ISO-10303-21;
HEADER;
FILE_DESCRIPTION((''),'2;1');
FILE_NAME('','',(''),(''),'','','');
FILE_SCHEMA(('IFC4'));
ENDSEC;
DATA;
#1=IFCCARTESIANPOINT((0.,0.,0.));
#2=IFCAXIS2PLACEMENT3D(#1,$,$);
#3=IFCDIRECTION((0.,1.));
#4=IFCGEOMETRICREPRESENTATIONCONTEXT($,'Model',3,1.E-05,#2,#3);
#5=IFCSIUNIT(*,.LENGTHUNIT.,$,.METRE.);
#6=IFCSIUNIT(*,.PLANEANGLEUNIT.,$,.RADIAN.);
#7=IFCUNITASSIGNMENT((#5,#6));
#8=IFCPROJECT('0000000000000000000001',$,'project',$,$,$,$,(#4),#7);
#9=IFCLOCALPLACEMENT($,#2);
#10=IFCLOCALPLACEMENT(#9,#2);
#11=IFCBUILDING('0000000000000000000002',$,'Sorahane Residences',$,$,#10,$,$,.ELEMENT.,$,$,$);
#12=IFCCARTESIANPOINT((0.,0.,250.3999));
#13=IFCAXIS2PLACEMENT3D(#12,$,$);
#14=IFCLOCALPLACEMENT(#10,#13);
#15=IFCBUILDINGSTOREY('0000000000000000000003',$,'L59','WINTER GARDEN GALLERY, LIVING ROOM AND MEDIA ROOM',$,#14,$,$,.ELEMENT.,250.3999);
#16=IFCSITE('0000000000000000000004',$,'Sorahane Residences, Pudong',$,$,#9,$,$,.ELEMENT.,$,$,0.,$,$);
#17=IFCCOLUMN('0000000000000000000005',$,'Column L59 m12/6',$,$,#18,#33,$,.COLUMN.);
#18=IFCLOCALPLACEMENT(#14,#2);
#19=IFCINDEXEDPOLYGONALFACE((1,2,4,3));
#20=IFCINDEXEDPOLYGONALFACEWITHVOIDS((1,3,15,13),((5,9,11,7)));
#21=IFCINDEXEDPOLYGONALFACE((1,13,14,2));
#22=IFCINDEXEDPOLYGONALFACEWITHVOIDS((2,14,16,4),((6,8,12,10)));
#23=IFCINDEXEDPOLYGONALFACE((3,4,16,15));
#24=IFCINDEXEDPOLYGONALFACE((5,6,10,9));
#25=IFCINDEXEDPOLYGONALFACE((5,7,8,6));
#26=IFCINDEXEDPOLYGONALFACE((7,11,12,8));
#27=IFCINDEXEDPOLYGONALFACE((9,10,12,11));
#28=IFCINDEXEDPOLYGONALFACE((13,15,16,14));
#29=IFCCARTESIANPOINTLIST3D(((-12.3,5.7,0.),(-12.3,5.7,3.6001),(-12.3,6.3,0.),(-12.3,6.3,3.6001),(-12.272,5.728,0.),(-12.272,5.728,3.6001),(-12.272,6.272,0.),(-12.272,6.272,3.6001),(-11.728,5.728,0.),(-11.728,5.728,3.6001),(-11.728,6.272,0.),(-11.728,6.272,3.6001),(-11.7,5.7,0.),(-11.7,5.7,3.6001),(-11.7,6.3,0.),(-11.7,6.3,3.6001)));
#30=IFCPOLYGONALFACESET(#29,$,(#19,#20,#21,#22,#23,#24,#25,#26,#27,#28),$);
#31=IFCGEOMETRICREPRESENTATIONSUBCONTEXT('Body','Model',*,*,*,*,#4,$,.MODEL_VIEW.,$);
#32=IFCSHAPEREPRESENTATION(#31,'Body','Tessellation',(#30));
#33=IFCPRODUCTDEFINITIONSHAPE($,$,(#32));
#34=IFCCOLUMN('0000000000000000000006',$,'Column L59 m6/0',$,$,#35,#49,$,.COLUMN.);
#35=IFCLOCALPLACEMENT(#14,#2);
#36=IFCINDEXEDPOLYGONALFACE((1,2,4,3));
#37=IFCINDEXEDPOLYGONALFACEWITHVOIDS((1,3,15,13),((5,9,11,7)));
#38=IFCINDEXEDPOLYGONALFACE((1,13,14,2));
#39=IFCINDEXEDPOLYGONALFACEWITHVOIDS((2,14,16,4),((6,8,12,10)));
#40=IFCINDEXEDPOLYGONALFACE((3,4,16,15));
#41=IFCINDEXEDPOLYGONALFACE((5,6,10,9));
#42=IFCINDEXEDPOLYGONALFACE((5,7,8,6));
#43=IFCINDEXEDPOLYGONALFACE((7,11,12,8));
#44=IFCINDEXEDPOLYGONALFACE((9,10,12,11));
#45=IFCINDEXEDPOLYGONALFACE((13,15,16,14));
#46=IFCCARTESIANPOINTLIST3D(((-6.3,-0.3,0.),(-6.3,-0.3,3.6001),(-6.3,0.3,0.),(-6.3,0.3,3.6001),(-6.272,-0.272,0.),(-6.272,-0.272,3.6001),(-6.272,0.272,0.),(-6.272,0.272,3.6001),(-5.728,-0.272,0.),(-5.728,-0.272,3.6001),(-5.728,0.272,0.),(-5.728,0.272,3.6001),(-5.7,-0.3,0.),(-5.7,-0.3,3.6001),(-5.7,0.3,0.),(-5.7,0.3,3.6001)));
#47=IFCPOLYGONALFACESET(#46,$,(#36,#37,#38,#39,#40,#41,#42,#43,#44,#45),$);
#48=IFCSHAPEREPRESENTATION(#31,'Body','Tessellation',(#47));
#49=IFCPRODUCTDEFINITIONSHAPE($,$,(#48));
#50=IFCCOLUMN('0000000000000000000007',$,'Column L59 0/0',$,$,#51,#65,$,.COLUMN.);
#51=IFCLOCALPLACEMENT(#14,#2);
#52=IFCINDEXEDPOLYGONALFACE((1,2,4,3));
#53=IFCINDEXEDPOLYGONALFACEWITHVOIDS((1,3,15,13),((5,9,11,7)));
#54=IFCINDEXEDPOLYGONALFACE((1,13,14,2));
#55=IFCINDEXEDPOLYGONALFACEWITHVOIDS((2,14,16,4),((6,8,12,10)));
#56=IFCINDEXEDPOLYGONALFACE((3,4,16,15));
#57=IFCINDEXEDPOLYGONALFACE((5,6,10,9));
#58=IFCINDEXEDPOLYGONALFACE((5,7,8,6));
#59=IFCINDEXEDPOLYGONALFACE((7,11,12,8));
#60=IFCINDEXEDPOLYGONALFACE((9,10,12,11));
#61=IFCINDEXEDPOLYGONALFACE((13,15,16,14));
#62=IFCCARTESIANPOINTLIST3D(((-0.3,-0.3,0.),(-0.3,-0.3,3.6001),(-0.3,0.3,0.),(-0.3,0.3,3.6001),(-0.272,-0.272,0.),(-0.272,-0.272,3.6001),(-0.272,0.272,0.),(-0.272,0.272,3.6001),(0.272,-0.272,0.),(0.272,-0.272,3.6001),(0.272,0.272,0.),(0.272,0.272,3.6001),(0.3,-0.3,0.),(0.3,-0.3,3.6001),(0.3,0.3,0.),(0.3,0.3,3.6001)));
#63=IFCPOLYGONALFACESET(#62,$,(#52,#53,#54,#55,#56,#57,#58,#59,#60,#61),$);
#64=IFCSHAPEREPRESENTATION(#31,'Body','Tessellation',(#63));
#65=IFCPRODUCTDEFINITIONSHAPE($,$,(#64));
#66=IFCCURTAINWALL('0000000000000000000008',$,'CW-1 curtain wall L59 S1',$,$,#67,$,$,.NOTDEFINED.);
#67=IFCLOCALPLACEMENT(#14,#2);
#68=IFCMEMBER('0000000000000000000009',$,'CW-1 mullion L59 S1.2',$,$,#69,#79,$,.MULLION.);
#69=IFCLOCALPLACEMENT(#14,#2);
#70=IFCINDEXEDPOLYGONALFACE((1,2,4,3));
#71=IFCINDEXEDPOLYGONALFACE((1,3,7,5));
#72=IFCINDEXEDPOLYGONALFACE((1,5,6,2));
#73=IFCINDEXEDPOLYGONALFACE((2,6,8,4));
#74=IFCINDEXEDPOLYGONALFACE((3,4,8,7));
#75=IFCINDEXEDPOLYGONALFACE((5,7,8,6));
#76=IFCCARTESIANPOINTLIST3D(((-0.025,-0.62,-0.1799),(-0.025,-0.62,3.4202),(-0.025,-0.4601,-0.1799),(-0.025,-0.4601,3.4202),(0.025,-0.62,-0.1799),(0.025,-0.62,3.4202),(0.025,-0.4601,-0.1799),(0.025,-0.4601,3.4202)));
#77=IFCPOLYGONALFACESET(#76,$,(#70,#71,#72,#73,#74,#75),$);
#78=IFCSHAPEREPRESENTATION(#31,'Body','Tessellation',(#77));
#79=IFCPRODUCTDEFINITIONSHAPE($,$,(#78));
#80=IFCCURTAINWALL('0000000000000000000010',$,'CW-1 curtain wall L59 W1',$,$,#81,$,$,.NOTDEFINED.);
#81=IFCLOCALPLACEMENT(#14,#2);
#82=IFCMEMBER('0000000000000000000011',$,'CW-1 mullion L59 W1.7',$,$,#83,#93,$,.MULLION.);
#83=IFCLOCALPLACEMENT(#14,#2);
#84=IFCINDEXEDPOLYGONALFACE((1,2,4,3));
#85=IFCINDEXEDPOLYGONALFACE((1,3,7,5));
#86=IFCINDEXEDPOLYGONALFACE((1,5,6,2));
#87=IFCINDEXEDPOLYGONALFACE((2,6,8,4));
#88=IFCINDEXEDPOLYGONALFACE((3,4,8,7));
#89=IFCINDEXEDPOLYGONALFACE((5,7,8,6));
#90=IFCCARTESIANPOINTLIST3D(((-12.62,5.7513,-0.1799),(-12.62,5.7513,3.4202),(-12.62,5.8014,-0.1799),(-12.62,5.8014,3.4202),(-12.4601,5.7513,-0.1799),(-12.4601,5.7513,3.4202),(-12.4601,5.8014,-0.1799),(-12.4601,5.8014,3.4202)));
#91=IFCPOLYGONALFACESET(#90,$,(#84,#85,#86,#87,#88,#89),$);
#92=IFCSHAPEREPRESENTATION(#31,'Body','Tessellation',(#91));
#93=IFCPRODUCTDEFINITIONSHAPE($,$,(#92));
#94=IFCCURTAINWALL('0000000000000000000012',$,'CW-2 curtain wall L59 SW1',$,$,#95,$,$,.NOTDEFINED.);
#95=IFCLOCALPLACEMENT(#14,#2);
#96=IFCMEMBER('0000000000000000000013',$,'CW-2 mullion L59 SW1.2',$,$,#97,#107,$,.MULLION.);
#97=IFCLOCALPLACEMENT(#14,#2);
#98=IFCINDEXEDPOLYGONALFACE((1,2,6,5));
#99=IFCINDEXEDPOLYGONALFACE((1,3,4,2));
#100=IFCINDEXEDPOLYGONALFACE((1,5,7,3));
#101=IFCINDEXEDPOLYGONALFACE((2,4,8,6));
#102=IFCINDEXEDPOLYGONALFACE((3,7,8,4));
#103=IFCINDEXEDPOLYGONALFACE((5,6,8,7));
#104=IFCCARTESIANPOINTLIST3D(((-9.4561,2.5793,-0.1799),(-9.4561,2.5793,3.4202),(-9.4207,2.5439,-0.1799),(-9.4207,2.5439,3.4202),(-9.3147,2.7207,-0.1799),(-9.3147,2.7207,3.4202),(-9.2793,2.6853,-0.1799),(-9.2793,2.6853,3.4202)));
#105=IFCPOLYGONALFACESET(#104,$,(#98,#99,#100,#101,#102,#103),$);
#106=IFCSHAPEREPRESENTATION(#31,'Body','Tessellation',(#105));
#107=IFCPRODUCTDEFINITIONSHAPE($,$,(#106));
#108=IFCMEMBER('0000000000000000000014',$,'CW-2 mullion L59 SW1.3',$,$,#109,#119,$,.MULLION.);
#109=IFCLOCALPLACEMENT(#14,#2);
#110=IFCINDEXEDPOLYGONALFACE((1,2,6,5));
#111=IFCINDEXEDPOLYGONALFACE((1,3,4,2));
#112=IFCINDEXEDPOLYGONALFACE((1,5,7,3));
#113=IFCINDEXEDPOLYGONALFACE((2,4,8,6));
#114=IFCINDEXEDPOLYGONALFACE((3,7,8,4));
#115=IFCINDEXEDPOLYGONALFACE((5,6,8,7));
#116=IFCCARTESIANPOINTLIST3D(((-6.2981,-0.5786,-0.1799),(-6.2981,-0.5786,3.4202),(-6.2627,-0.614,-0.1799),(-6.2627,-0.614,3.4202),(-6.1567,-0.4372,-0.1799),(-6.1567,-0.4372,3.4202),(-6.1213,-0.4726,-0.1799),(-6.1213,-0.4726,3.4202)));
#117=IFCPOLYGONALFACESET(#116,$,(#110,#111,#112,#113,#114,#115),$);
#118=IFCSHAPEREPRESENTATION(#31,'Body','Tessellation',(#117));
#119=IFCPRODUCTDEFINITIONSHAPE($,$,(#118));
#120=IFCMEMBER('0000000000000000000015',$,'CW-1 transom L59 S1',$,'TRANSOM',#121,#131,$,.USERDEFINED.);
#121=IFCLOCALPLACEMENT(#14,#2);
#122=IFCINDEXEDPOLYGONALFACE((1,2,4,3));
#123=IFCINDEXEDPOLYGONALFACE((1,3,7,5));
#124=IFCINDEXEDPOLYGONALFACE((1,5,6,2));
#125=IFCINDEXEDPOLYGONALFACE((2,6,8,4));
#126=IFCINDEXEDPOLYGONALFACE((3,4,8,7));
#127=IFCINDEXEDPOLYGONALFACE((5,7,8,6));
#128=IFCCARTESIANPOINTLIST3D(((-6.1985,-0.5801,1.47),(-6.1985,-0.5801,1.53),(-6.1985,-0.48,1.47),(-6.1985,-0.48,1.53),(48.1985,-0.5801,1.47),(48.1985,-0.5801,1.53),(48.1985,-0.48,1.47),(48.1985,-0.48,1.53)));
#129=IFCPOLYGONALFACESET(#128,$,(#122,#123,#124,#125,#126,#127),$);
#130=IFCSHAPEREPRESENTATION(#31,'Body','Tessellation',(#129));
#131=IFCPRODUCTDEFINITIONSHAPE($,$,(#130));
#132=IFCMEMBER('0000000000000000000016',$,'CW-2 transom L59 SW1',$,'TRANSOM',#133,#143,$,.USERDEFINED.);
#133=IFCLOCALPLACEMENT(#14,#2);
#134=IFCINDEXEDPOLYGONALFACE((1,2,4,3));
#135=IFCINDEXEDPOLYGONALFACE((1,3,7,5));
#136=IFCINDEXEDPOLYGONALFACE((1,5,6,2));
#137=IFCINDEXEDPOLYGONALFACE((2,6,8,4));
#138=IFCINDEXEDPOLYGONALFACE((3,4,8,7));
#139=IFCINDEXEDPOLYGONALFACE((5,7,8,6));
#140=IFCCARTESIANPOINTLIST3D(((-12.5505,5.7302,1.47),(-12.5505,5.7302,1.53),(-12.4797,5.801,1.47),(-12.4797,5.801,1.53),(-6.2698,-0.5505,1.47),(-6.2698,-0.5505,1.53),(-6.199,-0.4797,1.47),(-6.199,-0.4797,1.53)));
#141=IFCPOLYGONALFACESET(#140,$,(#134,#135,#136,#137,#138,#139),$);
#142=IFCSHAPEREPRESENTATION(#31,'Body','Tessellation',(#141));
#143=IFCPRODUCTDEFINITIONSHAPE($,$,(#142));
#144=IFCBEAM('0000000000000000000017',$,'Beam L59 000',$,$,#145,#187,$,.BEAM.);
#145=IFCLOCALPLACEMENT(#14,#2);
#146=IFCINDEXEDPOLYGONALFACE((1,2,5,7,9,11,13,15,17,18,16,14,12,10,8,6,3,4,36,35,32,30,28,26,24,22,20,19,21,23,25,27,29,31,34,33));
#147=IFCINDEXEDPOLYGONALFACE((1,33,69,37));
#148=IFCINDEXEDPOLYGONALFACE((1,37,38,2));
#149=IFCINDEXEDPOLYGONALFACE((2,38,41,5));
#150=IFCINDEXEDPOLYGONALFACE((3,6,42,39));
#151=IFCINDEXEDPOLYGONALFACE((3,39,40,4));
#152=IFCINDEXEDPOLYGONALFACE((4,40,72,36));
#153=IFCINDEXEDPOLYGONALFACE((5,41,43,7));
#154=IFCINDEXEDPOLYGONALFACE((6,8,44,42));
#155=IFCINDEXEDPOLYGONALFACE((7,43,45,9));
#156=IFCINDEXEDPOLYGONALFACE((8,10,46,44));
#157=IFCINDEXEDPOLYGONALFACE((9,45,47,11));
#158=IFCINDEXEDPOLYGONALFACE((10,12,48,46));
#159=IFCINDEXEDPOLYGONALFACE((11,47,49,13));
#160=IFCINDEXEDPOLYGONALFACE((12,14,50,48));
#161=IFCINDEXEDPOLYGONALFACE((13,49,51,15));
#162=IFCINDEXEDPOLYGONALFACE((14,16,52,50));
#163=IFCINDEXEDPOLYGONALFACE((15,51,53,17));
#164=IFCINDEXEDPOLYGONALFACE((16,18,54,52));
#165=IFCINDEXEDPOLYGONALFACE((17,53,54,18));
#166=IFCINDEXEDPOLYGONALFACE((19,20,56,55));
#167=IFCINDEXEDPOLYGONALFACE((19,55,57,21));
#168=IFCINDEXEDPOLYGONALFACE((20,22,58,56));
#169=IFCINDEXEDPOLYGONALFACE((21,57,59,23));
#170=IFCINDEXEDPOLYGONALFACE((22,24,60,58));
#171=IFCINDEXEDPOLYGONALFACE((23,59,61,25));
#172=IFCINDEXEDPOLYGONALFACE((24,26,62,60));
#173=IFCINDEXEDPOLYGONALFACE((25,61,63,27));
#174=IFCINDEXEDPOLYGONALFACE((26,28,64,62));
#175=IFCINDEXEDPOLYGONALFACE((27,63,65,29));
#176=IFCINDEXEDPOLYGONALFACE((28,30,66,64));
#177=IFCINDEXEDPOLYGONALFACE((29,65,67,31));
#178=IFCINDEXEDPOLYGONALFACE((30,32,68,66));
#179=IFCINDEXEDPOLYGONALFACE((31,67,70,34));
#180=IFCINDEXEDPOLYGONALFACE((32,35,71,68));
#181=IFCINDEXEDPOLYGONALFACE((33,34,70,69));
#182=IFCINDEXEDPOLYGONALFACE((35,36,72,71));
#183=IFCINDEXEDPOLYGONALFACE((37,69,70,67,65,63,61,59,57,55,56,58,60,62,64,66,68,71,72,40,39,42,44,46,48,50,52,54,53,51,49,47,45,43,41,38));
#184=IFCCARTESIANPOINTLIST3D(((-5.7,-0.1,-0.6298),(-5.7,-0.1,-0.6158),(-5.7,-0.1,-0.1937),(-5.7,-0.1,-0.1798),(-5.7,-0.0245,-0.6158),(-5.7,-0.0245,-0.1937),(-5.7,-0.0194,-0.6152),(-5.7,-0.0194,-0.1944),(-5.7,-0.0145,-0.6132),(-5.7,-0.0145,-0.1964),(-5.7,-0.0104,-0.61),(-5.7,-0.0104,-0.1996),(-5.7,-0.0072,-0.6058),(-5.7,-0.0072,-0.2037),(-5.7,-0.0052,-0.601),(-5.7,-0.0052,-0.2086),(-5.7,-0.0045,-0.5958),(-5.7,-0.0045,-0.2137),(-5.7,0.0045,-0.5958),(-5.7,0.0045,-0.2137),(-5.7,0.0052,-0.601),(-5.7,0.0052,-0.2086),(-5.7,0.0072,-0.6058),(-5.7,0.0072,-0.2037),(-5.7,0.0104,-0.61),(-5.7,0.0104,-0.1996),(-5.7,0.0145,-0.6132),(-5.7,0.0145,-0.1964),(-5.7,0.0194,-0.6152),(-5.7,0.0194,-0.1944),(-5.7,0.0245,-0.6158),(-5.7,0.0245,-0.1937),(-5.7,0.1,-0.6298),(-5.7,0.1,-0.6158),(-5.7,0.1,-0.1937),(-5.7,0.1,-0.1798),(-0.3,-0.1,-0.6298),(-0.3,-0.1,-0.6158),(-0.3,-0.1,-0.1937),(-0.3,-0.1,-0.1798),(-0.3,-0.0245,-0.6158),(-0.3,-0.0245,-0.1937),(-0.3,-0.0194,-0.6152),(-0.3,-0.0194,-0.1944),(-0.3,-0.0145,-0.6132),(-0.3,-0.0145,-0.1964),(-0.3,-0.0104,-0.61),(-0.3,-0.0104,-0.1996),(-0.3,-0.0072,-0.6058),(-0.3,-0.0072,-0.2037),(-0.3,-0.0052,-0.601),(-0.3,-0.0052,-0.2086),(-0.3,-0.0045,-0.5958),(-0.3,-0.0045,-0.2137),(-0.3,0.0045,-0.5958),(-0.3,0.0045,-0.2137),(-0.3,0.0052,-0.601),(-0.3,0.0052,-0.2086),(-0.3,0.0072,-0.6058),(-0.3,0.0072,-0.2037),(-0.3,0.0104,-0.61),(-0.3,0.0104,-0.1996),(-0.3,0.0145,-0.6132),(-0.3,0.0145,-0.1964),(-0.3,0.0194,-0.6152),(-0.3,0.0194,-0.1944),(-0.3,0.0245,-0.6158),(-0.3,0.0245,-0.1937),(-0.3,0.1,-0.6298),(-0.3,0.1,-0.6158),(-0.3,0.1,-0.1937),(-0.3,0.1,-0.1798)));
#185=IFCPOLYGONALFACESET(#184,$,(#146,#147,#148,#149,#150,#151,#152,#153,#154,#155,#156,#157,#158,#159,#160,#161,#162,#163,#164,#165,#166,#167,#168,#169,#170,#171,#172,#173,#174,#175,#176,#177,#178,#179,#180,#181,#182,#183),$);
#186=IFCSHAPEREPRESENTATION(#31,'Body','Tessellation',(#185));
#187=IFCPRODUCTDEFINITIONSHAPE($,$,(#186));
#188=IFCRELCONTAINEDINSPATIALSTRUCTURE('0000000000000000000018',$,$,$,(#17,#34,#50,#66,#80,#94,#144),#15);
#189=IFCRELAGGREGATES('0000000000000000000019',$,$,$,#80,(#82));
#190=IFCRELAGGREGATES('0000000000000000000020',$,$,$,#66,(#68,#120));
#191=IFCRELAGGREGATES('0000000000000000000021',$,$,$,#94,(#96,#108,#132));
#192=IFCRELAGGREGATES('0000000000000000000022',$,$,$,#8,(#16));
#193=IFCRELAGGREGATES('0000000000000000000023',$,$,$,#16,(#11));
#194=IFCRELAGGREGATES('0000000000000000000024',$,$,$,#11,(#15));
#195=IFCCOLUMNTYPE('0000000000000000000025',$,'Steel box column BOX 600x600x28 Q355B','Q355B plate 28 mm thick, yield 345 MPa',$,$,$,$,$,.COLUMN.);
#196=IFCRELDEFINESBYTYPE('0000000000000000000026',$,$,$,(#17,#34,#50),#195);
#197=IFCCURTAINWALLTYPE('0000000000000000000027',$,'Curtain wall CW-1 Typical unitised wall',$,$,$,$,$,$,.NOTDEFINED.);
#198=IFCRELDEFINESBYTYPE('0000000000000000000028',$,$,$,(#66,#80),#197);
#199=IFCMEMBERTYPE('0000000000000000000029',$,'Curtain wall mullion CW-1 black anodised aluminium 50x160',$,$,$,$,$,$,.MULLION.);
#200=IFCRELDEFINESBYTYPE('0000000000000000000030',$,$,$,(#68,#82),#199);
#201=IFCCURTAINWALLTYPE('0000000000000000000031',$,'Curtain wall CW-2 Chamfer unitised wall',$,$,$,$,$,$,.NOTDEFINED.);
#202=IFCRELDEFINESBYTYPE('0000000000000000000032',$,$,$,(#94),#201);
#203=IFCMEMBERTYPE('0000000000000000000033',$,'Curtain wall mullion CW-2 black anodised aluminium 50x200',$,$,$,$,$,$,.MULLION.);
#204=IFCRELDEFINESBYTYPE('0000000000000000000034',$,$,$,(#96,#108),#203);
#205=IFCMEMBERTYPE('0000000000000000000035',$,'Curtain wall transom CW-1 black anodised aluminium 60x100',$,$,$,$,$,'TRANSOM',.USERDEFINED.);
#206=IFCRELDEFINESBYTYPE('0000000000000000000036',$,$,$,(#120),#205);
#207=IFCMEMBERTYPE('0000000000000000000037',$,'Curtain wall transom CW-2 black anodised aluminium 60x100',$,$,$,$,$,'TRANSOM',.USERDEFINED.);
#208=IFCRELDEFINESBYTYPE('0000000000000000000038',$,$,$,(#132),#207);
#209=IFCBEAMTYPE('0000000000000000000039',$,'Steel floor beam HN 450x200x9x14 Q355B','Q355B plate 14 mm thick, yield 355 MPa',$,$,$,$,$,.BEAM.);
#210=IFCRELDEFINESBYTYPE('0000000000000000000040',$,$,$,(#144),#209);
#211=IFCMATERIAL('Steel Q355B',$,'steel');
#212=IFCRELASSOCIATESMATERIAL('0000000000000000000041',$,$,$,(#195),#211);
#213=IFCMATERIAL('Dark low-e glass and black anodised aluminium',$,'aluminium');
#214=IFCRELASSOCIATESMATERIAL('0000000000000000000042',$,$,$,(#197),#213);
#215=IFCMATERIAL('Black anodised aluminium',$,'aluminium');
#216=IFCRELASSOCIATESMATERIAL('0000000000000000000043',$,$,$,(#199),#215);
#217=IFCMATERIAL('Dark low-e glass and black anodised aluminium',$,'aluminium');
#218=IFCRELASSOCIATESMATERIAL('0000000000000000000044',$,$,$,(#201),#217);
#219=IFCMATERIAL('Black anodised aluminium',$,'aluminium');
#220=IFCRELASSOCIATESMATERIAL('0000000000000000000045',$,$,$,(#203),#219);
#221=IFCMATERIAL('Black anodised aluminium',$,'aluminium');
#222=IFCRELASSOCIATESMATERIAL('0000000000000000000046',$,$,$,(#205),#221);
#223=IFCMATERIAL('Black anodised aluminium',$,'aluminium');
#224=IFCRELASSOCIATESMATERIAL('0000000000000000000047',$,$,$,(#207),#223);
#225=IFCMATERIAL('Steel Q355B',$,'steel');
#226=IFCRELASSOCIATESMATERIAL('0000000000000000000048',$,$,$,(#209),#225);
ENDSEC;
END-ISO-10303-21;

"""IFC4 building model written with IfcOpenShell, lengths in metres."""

from ifc_helpers import new_model, si_unit, direction, frame, origin, origin_2d, place, context, subcontext, project, spatial, rectangle, hollow_rectangle, i_section, extrude, material, material_profile, profile_set, type_object, element, aggregate, save


model = new_model("IFC4")

# Units and contexts
model_context = context("Model", 3, precision=1e-05, world=origin(), true_north=direction((0.0, 1.0)))
body_context = subcontext(model_context, "Body", "Model", "MODEL_VIEW")
ifc_project = project(units=[si_unit("LENGTHUNIT", "METRE"), si_unit("PLANEANGLEUNIT", "RADIAN")], contexts=[model_context])

# Site, building, storey
site_placement = place(None, origin())
site = spatial("IfcSite", under=ifc_project, at=site_placement, Name="Sorahane Residences, Pudong", CompositionType="ELEMENT", RefElevation=0.0)
building_placement = place(site_placement, origin())
building = spatial("IfcBuilding", under=site, at=building_placement, Name="Sorahane Residences", CompositionType="ELEMENT")
storey_placement = place(building_placement, frame((0.0, 0.0, 250.3999)))
storey = spatial("IfcBuildingStorey", under=building, at=storey_placement, Name="L59", Description="WINTER GARDEN GALLERY, LIVING ROOM AND MEDIA ROOM", CompositionType="ELEMENT", Elevation=250.3999)

# Columns
ifc_material_1 = material(Name="Steel Q355B", Category="steel")
ifc_material_profile_1 = material_profile(ifc_material_1, hollow_rectangle(XDim=0.6001, YDim=0.6001, WallThickness=0.0281, at=origin_2d()), Name="BOX 600x600x28")
ifc_profile_set_1 = profile_set([ifc_material_profile_1], Name="Steel Q355B")
column_type = type_object("IfcColumnType", Name="Steel box column BOX 600x600x28 Q355B", Description="Q355B plate 28 mm thick, yield 345 MPa", PredefinedType="COLUMN", material=ifc_profile_set_1)
for number, where, z_axis, x_axis, name in (
    (1, (-12.0, 6.0, 0.0), (0.0, 0.0, 1.0), (1.0, 0.0, 0.0), "Column L59 m12/6"),
    (2, (-6.0, 0.0, 0.0), (0.0, 0.0, 1.0), (1.0, 0.0, 0.0), "Column L59 m6/0"),
    (3, (0.0, 0.0, 0.0), (0.0, 0.0, 1.0), (1.0, 0.0, 0.0), "Column L59 0/0"),
):
    element("IfcColumn", number, at=place(storey_placement, frame(where, z_axis=z_axis, x_axis=x_axis)), inside=storey, type_object=column_type, Name=name, PredefinedType="COLUMN", context=body_context, shape_type="SweptSolid", body=[
        extrude(hollow_rectangle(XDim=0.6001, YDim=0.6001, WallThickness=0.0281, at=origin_2d()), origin(), (0.0, 0.0, 1.0), 3.6001),
    ])

# Curtain walls, members
ifc_material_2 = material(Name="Dark low-e glass and black anodised aluminium", Category="aluminium")
curtain_wall_type_1 = type_object("IfcCurtainWallType", Name="Curtain wall CW-1 Typical unitised wall", PredefinedType="NOTDEFINED", material=ifc_material_2)
curtain_wall_1_placement = place(storey_placement, origin())
curtain_wall_1 = element("IfcCurtainWall", 4, at=curtain_wall_1_placement, inside=storey, type_object=curtain_wall_type_1, Name="CW-1 curtain wall L59 S1", PredefinedType="NOTDEFINED")
ifc_material_3 = material(Name="Black anodised aluminium", Category="aluminium")
ifc_material_profile_2 = material_profile(ifc_material_3, rectangle(XDim=0.1599, YDim=0.05, at=origin_2d()), Name="Curtain wall mullion CW-1 black anodised aluminium 50x160")
ifc_profile_set_2 = profile_set([ifc_material_profile_2], Name="Black anodised aluminium")
member_type_1 = type_object("IfcMemberType", Name="Curtain wall mullion CW-1 black anodised aluminium 50x160", PredefinedType="MULLION", material=ifc_profile_set_2)
member_1_placement = place(storey_placement, frame((0.0, -0.54, -0.1799), z_axis=(0.0, 0.0, 1.0), x_axis=(0.0, -1.0, 0.0)))
member_1 = element("IfcMember", 5, at=member_1_placement, type_object=member_type_1, Name="CW-1 mullion L59 S1.2", PredefinedType="MULLION", context=body_context, shape_type="SweptSolid", body=[
    extrude(rectangle(XDim=0.1599, YDim=0.05, at=origin_2d()), origin(), (0.0, 0.0, 1.0), 3.6001),
])
curtain_wall_2_placement = place(storey_placement, origin())
curtain_wall_2 = element("IfcCurtainWall", 6, at=curtain_wall_2_placement, inside=storey, type_object=curtain_wall_type_1, Name="CW-1 curtain wall L59 W1", PredefinedType="NOTDEFINED")
member_2_placement = place(storey_placement, frame((-12.54, 5.7764, -0.1799), z_axis=(0.0, 0.0, 1.0), x_axis=(-1.0, 0.0, 0.0)))
member_2 = element("IfcMember", 7, at=member_2_placement, type_object=member_type_1, Name="CW-1 mullion L59 W1.7", PredefinedType="MULLION", context=body_context, shape_type="SweptSolid", body=[
    extrude(rectangle(XDim=0.1599, YDim=0.05, at=origin_2d()), origin(), (0.0, 0.0, 1.0), 3.6001),
])
aggregate(curtain_wall_2, [member_2])

# Curtain wall, members
ifc_material_4 = material(Name="Dark low-e glass and black anodised aluminium", Category="aluminium")
curtain_wall_type_2 = type_object("IfcCurtainWallType", Name="Curtain wall CW-2 Chamfer unitised wall", PredefinedType="NOTDEFINED", material=ifc_material_4)
curtain_wall_3_placement = place(storey_placement, origin())
curtain_wall_3 = element("IfcCurtainWall", 8, at=curtain_wall_3_placement, inside=storey, type_object=curtain_wall_type_2, Name="CW-2 curtain wall L59 SW1", PredefinedType="NOTDEFINED")
ifc_material_5 = material(Name="Black anodised aluminium", Category="aluminium")
ifc_material_profile_3 = material_profile(ifc_material_5, rectangle(XDim=0.2, YDim=0.05, at=origin_2d()), Name="Curtain wall mullion CW-2 black anodised aluminium 50x200")
ifc_profile_set_3 = profile_set([ifc_material_profile_3], Name="Black anodised aluminium")
member_type_2 = type_object("IfcMemberType", Name="Curtain wall mullion CW-2 black anodised aluminium 50x200", PredefinedType="MULLION", material=ifc_profile_set_3)
member_3_placement = place(storey_placement, frame((-9.3677, 2.6323, -0.1799), z_axis=(0.0, 0.0, 1.0), x_axis=(-0.707107, -0.707107, 0.0)))
member_3 = element("IfcMember", 9, at=member_3_placement, type_object=member_type_2, Name="CW-2 mullion L59 SW1.2", PredefinedType="MULLION", context=body_context, shape_type="SweptSolid", body=[
    extrude(rectangle(XDim=0.2, YDim=0.05, at=origin_2d()), origin(), (0.0, 0.0, 1.0), 3.6001),
])
member_4_placement = place(storey_placement, frame((-6.2097, -0.5256, -0.1799), z_axis=(0.0, 0.0, 1.0), x_axis=(-0.707107, -0.707107, 0.0)))
member_4 = element("IfcMember", 10, at=member_4_placement, type_object=member_type_2, Name="CW-2 mullion L59 SW1.3", PredefinedType="MULLION", context=body_context, shape_type="SweptSolid", body=[
    extrude(rectangle(XDim=0.2, YDim=0.05, at=origin_2d()), origin(), (0.0, 0.0, 1.0), 3.6001),
])

# Members
ifc_material_6 = material(Name="Black anodised aluminium", Category="aluminium")
ifc_material_profile_4 = material_profile(ifc_material_6, rectangle(XDim=0.1001, YDim=0.0601, at=origin_2d()), Name="Curtain wall transom CW-1 black anodised aluminium 60x100")
ifc_profile_set_4 = profile_set([ifc_material_profile_4], Name="Black anodised aluminium")
member_type_3 = type_object("IfcMemberType", Name="Curtain wall transom CW-1 black anodised aluminium 60x100", ElementType="TRANSOM", PredefinedType="USERDEFINED", material=ifc_profile_set_4)
member_5_placement = place(storey_placement, frame((-6.1985, -0.53, 1.5), z_axis=(1.0, 0.0, 0.0), x_axis=(0.0, 1.0, 0.0)))
member_5 = element("IfcMember", 11, at=member_5_placement, type_object=member_type_3, Name="CW-1 transom L59 S1", ObjectType="TRANSOM", PredefinedType="USERDEFINED", context=body_context, shape_type="SweptSolid", body=[
    extrude(rectangle(XDim=0.1001, YDim=0.0601, at=origin_2d()), origin(), (0.0, 0.0, 1.0), 54.397),
])
ifc_material_7 = material(Name="Black anodised aluminium", Category="aluminium")
ifc_material_profile_5 = material_profile(ifc_material_7, rectangle(XDim=0.1001, YDim=0.0601, at=origin_2d()), Name="Curtain wall transom CW-2 black anodised aluminium 60x100")
ifc_profile_set_5 = profile_set([ifc_material_profile_5], Name="Black anodised aluminium")
member_type_4 = type_object("IfcMemberType", Name="Curtain wall transom CW-2 black anodised aluminium 60x100", ElementType="TRANSOM", PredefinedType="USERDEFINED", material=ifc_profile_set_5)
member_6_placement = place(storey_placement, frame((-12.5151, 5.7656, 1.5), z_axis=(0.707107, -0.707107, 0.0), x_axis=(0.707107, 0.707107, 0.0)))
member_6 = element("IfcMember", 12, at=member_6_placement, type_object=member_type_4, Name="CW-2 transom L59 SW1", ObjectType="TRANSOM", PredefinedType="USERDEFINED", context=body_context, shape_type="SweptSolid", body=[
    extrude(rectangle(XDim=0.1001, YDim=0.0601, at=origin_2d()), origin(), (0.0, 0.0, 1.0), 8.8823),
])

# Beam
ifc_material_8 = material(Name="Steel Q355B", Category="steel")
ifc_material_profile_6 = material_profile(ifc_material_8, i_section(OverallWidth=0.2, OverallDepth=0.45, WebThickness=0.009, FlangeThickness=0.0139, FilletRadius=0.02, at=origin_2d()), Name="HN 450x200x9x14")
ifc_profile_set_6 = profile_set([ifc_material_profile_6], Name="Steel Q355B")
beam_type_1 = type_object("IfcBeamType", Name="Steel floor beam HN 450x200x9x14 Q355B", Description="Q355B plate 14 mm thick, yield 355 MPa", PredefinedType="BEAM", material=ifc_profile_set_6)
for number, where, z_axis, x_axis, name in (
    (13, (-5.7, 0.0, -0.4048), (1.0, 0.0, 0.0), (0.0, 1.0, 0.0), "Beam L59 000"),
):
    element("IfcBeam", number, at=place(storey_placement, frame(where, z_axis=z_axis, x_axis=x_axis)), inside=storey, type_object=beam_type_1, Name=name, PredefinedType="BEAM", context=body_context, shape_type="SweptSolid", body=[
        extrude(i_section(OverallWidth=0.2, OverallDepth=0.45, WebThickness=0.009, FlangeThickness=0.0139, FilletRadius=0.02, at=origin_2d()), origin(), (0.0, 0.0, 1.0), 5.3999),
    ])

aggregate(curtain_wall_1, [member_1, member_5])
aggregate(curtain_wall_3, [member_3, member_4, member_6])

save(model, "model.ifc")
